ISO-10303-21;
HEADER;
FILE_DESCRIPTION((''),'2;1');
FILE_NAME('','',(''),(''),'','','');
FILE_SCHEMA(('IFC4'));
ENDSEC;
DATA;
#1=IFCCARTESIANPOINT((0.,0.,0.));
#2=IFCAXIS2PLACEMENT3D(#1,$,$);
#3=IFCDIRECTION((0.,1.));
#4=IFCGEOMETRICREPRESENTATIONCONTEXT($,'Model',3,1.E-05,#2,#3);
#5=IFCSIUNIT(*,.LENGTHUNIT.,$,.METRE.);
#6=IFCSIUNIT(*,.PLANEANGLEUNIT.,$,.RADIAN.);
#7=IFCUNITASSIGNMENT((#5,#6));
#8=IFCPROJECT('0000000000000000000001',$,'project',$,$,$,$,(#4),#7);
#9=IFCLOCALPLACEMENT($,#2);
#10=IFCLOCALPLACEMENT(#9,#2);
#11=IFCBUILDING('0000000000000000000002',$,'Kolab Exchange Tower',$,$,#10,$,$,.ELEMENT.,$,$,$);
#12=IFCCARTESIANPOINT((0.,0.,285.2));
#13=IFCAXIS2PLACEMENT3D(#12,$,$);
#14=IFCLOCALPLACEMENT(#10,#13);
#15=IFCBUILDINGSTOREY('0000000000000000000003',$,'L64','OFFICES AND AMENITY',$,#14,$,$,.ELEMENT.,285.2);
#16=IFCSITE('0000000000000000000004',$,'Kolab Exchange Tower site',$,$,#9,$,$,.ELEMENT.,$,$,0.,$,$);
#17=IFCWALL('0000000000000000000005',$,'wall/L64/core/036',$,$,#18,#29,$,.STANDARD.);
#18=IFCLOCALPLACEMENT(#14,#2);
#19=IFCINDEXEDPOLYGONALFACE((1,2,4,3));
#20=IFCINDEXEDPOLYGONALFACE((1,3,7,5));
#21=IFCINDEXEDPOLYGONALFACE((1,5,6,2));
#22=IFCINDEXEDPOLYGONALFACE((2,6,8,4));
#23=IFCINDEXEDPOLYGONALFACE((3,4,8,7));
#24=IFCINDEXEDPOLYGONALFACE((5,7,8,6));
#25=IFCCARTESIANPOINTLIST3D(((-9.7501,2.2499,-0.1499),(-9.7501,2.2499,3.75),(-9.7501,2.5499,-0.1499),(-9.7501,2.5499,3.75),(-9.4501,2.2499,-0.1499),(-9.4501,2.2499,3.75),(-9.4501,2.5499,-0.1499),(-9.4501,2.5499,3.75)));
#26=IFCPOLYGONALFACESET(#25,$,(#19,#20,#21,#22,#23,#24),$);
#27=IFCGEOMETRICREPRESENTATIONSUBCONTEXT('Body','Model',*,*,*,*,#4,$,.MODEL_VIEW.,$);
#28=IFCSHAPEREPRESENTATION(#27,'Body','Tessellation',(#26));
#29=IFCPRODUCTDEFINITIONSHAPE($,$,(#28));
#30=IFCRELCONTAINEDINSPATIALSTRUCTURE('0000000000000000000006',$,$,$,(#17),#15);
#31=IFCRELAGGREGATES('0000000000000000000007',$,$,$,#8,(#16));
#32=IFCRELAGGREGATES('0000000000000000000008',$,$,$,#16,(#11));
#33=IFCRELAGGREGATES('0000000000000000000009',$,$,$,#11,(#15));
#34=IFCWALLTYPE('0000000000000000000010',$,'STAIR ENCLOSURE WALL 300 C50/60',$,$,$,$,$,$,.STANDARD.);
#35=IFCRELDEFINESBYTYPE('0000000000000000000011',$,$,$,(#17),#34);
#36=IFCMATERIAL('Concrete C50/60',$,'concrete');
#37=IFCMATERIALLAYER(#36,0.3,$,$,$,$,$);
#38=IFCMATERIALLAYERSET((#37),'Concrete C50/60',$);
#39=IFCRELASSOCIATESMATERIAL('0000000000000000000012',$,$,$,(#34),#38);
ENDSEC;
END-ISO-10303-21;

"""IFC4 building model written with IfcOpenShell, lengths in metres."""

from ifc_helpers import new_model, si_unit, direction, frame, frame_2d, origin, place, context, subcontext, project, spatial, rectangle, extrude, material, layer, layer_set, type_object, element, save


model = new_model("IFC4")

# Units and contexts
model_context = context("Model", 3, precision=1e-05, world=origin(), true_north=direction((0.0, 1.0)))
body_context = subcontext(model_context, "Body", "Model", "MODEL_VIEW")
ifc_project = project(units=[si_unit("LENGTHUNIT", "METRE"), si_unit("PLANEANGLEUNIT", "RADIAN")], contexts=[model_context])

# Site, building, storey
site_placement = place(None, origin())
site = spatial("IfcSite", under=ifc_project, at=site_placement, Name="Kolab Exchange Tower site", CompositionType="ELEMENT", RefElevation=0.0)
building_placement = place(site_placement, origin())
building = spatial("IfcBuilding", under=site, at=building_placement, Name="Kolab Exchange Tower", CompositionType="ELEMENT")
storey_placement = place(building_placement, frame((0.0, 0.0, 285.2)))
storey = spatial("IfcBuildingStorey", under=building, at=storey_placement, Name="L64", Description="OFFICES AND AMENITY", CompositionType="ELEMENT", Elevation=285.2)

# Shared definitions
ifc_material_1 = material(Name="Concrete C50/60", Category="concrete")

# Wall
ifc_layer_1 = layer(ifc_material_1, 0.3)
ifc_layer_set_1 = layer_set([ifc_layer_1], Name="Concrete C50/60")
wall_type_1 = type_object("IfcWallType", Name="STAIR ENCLOSURE WALL 300 C50/60", PredefinedType="STANDARD", material=ifc_layer_set_1)
wall_1_placement = place(storey_placement, frame((-9.6001, 2.25, -0.1499), z_axis=(0.0, 0.0, 1.0), x_axis=(0.0, 1.0, 0.0)))
element("IfcWall", 1, at=wall_1_placement, inside=storey, type_object=wall_type_1, Name="wall/L64/core/036", PredefinedType="STANDARD", context=body_context, shape_type="SweptSolid", body=[
    extrude(rectangle(XDim=0.3, YDim=0.3, at=frame_2d((0.1499, 0.0))), origin(), (0.0, 0.0, 1.0), 3.8999),
])

save(model, "model.ifc")
